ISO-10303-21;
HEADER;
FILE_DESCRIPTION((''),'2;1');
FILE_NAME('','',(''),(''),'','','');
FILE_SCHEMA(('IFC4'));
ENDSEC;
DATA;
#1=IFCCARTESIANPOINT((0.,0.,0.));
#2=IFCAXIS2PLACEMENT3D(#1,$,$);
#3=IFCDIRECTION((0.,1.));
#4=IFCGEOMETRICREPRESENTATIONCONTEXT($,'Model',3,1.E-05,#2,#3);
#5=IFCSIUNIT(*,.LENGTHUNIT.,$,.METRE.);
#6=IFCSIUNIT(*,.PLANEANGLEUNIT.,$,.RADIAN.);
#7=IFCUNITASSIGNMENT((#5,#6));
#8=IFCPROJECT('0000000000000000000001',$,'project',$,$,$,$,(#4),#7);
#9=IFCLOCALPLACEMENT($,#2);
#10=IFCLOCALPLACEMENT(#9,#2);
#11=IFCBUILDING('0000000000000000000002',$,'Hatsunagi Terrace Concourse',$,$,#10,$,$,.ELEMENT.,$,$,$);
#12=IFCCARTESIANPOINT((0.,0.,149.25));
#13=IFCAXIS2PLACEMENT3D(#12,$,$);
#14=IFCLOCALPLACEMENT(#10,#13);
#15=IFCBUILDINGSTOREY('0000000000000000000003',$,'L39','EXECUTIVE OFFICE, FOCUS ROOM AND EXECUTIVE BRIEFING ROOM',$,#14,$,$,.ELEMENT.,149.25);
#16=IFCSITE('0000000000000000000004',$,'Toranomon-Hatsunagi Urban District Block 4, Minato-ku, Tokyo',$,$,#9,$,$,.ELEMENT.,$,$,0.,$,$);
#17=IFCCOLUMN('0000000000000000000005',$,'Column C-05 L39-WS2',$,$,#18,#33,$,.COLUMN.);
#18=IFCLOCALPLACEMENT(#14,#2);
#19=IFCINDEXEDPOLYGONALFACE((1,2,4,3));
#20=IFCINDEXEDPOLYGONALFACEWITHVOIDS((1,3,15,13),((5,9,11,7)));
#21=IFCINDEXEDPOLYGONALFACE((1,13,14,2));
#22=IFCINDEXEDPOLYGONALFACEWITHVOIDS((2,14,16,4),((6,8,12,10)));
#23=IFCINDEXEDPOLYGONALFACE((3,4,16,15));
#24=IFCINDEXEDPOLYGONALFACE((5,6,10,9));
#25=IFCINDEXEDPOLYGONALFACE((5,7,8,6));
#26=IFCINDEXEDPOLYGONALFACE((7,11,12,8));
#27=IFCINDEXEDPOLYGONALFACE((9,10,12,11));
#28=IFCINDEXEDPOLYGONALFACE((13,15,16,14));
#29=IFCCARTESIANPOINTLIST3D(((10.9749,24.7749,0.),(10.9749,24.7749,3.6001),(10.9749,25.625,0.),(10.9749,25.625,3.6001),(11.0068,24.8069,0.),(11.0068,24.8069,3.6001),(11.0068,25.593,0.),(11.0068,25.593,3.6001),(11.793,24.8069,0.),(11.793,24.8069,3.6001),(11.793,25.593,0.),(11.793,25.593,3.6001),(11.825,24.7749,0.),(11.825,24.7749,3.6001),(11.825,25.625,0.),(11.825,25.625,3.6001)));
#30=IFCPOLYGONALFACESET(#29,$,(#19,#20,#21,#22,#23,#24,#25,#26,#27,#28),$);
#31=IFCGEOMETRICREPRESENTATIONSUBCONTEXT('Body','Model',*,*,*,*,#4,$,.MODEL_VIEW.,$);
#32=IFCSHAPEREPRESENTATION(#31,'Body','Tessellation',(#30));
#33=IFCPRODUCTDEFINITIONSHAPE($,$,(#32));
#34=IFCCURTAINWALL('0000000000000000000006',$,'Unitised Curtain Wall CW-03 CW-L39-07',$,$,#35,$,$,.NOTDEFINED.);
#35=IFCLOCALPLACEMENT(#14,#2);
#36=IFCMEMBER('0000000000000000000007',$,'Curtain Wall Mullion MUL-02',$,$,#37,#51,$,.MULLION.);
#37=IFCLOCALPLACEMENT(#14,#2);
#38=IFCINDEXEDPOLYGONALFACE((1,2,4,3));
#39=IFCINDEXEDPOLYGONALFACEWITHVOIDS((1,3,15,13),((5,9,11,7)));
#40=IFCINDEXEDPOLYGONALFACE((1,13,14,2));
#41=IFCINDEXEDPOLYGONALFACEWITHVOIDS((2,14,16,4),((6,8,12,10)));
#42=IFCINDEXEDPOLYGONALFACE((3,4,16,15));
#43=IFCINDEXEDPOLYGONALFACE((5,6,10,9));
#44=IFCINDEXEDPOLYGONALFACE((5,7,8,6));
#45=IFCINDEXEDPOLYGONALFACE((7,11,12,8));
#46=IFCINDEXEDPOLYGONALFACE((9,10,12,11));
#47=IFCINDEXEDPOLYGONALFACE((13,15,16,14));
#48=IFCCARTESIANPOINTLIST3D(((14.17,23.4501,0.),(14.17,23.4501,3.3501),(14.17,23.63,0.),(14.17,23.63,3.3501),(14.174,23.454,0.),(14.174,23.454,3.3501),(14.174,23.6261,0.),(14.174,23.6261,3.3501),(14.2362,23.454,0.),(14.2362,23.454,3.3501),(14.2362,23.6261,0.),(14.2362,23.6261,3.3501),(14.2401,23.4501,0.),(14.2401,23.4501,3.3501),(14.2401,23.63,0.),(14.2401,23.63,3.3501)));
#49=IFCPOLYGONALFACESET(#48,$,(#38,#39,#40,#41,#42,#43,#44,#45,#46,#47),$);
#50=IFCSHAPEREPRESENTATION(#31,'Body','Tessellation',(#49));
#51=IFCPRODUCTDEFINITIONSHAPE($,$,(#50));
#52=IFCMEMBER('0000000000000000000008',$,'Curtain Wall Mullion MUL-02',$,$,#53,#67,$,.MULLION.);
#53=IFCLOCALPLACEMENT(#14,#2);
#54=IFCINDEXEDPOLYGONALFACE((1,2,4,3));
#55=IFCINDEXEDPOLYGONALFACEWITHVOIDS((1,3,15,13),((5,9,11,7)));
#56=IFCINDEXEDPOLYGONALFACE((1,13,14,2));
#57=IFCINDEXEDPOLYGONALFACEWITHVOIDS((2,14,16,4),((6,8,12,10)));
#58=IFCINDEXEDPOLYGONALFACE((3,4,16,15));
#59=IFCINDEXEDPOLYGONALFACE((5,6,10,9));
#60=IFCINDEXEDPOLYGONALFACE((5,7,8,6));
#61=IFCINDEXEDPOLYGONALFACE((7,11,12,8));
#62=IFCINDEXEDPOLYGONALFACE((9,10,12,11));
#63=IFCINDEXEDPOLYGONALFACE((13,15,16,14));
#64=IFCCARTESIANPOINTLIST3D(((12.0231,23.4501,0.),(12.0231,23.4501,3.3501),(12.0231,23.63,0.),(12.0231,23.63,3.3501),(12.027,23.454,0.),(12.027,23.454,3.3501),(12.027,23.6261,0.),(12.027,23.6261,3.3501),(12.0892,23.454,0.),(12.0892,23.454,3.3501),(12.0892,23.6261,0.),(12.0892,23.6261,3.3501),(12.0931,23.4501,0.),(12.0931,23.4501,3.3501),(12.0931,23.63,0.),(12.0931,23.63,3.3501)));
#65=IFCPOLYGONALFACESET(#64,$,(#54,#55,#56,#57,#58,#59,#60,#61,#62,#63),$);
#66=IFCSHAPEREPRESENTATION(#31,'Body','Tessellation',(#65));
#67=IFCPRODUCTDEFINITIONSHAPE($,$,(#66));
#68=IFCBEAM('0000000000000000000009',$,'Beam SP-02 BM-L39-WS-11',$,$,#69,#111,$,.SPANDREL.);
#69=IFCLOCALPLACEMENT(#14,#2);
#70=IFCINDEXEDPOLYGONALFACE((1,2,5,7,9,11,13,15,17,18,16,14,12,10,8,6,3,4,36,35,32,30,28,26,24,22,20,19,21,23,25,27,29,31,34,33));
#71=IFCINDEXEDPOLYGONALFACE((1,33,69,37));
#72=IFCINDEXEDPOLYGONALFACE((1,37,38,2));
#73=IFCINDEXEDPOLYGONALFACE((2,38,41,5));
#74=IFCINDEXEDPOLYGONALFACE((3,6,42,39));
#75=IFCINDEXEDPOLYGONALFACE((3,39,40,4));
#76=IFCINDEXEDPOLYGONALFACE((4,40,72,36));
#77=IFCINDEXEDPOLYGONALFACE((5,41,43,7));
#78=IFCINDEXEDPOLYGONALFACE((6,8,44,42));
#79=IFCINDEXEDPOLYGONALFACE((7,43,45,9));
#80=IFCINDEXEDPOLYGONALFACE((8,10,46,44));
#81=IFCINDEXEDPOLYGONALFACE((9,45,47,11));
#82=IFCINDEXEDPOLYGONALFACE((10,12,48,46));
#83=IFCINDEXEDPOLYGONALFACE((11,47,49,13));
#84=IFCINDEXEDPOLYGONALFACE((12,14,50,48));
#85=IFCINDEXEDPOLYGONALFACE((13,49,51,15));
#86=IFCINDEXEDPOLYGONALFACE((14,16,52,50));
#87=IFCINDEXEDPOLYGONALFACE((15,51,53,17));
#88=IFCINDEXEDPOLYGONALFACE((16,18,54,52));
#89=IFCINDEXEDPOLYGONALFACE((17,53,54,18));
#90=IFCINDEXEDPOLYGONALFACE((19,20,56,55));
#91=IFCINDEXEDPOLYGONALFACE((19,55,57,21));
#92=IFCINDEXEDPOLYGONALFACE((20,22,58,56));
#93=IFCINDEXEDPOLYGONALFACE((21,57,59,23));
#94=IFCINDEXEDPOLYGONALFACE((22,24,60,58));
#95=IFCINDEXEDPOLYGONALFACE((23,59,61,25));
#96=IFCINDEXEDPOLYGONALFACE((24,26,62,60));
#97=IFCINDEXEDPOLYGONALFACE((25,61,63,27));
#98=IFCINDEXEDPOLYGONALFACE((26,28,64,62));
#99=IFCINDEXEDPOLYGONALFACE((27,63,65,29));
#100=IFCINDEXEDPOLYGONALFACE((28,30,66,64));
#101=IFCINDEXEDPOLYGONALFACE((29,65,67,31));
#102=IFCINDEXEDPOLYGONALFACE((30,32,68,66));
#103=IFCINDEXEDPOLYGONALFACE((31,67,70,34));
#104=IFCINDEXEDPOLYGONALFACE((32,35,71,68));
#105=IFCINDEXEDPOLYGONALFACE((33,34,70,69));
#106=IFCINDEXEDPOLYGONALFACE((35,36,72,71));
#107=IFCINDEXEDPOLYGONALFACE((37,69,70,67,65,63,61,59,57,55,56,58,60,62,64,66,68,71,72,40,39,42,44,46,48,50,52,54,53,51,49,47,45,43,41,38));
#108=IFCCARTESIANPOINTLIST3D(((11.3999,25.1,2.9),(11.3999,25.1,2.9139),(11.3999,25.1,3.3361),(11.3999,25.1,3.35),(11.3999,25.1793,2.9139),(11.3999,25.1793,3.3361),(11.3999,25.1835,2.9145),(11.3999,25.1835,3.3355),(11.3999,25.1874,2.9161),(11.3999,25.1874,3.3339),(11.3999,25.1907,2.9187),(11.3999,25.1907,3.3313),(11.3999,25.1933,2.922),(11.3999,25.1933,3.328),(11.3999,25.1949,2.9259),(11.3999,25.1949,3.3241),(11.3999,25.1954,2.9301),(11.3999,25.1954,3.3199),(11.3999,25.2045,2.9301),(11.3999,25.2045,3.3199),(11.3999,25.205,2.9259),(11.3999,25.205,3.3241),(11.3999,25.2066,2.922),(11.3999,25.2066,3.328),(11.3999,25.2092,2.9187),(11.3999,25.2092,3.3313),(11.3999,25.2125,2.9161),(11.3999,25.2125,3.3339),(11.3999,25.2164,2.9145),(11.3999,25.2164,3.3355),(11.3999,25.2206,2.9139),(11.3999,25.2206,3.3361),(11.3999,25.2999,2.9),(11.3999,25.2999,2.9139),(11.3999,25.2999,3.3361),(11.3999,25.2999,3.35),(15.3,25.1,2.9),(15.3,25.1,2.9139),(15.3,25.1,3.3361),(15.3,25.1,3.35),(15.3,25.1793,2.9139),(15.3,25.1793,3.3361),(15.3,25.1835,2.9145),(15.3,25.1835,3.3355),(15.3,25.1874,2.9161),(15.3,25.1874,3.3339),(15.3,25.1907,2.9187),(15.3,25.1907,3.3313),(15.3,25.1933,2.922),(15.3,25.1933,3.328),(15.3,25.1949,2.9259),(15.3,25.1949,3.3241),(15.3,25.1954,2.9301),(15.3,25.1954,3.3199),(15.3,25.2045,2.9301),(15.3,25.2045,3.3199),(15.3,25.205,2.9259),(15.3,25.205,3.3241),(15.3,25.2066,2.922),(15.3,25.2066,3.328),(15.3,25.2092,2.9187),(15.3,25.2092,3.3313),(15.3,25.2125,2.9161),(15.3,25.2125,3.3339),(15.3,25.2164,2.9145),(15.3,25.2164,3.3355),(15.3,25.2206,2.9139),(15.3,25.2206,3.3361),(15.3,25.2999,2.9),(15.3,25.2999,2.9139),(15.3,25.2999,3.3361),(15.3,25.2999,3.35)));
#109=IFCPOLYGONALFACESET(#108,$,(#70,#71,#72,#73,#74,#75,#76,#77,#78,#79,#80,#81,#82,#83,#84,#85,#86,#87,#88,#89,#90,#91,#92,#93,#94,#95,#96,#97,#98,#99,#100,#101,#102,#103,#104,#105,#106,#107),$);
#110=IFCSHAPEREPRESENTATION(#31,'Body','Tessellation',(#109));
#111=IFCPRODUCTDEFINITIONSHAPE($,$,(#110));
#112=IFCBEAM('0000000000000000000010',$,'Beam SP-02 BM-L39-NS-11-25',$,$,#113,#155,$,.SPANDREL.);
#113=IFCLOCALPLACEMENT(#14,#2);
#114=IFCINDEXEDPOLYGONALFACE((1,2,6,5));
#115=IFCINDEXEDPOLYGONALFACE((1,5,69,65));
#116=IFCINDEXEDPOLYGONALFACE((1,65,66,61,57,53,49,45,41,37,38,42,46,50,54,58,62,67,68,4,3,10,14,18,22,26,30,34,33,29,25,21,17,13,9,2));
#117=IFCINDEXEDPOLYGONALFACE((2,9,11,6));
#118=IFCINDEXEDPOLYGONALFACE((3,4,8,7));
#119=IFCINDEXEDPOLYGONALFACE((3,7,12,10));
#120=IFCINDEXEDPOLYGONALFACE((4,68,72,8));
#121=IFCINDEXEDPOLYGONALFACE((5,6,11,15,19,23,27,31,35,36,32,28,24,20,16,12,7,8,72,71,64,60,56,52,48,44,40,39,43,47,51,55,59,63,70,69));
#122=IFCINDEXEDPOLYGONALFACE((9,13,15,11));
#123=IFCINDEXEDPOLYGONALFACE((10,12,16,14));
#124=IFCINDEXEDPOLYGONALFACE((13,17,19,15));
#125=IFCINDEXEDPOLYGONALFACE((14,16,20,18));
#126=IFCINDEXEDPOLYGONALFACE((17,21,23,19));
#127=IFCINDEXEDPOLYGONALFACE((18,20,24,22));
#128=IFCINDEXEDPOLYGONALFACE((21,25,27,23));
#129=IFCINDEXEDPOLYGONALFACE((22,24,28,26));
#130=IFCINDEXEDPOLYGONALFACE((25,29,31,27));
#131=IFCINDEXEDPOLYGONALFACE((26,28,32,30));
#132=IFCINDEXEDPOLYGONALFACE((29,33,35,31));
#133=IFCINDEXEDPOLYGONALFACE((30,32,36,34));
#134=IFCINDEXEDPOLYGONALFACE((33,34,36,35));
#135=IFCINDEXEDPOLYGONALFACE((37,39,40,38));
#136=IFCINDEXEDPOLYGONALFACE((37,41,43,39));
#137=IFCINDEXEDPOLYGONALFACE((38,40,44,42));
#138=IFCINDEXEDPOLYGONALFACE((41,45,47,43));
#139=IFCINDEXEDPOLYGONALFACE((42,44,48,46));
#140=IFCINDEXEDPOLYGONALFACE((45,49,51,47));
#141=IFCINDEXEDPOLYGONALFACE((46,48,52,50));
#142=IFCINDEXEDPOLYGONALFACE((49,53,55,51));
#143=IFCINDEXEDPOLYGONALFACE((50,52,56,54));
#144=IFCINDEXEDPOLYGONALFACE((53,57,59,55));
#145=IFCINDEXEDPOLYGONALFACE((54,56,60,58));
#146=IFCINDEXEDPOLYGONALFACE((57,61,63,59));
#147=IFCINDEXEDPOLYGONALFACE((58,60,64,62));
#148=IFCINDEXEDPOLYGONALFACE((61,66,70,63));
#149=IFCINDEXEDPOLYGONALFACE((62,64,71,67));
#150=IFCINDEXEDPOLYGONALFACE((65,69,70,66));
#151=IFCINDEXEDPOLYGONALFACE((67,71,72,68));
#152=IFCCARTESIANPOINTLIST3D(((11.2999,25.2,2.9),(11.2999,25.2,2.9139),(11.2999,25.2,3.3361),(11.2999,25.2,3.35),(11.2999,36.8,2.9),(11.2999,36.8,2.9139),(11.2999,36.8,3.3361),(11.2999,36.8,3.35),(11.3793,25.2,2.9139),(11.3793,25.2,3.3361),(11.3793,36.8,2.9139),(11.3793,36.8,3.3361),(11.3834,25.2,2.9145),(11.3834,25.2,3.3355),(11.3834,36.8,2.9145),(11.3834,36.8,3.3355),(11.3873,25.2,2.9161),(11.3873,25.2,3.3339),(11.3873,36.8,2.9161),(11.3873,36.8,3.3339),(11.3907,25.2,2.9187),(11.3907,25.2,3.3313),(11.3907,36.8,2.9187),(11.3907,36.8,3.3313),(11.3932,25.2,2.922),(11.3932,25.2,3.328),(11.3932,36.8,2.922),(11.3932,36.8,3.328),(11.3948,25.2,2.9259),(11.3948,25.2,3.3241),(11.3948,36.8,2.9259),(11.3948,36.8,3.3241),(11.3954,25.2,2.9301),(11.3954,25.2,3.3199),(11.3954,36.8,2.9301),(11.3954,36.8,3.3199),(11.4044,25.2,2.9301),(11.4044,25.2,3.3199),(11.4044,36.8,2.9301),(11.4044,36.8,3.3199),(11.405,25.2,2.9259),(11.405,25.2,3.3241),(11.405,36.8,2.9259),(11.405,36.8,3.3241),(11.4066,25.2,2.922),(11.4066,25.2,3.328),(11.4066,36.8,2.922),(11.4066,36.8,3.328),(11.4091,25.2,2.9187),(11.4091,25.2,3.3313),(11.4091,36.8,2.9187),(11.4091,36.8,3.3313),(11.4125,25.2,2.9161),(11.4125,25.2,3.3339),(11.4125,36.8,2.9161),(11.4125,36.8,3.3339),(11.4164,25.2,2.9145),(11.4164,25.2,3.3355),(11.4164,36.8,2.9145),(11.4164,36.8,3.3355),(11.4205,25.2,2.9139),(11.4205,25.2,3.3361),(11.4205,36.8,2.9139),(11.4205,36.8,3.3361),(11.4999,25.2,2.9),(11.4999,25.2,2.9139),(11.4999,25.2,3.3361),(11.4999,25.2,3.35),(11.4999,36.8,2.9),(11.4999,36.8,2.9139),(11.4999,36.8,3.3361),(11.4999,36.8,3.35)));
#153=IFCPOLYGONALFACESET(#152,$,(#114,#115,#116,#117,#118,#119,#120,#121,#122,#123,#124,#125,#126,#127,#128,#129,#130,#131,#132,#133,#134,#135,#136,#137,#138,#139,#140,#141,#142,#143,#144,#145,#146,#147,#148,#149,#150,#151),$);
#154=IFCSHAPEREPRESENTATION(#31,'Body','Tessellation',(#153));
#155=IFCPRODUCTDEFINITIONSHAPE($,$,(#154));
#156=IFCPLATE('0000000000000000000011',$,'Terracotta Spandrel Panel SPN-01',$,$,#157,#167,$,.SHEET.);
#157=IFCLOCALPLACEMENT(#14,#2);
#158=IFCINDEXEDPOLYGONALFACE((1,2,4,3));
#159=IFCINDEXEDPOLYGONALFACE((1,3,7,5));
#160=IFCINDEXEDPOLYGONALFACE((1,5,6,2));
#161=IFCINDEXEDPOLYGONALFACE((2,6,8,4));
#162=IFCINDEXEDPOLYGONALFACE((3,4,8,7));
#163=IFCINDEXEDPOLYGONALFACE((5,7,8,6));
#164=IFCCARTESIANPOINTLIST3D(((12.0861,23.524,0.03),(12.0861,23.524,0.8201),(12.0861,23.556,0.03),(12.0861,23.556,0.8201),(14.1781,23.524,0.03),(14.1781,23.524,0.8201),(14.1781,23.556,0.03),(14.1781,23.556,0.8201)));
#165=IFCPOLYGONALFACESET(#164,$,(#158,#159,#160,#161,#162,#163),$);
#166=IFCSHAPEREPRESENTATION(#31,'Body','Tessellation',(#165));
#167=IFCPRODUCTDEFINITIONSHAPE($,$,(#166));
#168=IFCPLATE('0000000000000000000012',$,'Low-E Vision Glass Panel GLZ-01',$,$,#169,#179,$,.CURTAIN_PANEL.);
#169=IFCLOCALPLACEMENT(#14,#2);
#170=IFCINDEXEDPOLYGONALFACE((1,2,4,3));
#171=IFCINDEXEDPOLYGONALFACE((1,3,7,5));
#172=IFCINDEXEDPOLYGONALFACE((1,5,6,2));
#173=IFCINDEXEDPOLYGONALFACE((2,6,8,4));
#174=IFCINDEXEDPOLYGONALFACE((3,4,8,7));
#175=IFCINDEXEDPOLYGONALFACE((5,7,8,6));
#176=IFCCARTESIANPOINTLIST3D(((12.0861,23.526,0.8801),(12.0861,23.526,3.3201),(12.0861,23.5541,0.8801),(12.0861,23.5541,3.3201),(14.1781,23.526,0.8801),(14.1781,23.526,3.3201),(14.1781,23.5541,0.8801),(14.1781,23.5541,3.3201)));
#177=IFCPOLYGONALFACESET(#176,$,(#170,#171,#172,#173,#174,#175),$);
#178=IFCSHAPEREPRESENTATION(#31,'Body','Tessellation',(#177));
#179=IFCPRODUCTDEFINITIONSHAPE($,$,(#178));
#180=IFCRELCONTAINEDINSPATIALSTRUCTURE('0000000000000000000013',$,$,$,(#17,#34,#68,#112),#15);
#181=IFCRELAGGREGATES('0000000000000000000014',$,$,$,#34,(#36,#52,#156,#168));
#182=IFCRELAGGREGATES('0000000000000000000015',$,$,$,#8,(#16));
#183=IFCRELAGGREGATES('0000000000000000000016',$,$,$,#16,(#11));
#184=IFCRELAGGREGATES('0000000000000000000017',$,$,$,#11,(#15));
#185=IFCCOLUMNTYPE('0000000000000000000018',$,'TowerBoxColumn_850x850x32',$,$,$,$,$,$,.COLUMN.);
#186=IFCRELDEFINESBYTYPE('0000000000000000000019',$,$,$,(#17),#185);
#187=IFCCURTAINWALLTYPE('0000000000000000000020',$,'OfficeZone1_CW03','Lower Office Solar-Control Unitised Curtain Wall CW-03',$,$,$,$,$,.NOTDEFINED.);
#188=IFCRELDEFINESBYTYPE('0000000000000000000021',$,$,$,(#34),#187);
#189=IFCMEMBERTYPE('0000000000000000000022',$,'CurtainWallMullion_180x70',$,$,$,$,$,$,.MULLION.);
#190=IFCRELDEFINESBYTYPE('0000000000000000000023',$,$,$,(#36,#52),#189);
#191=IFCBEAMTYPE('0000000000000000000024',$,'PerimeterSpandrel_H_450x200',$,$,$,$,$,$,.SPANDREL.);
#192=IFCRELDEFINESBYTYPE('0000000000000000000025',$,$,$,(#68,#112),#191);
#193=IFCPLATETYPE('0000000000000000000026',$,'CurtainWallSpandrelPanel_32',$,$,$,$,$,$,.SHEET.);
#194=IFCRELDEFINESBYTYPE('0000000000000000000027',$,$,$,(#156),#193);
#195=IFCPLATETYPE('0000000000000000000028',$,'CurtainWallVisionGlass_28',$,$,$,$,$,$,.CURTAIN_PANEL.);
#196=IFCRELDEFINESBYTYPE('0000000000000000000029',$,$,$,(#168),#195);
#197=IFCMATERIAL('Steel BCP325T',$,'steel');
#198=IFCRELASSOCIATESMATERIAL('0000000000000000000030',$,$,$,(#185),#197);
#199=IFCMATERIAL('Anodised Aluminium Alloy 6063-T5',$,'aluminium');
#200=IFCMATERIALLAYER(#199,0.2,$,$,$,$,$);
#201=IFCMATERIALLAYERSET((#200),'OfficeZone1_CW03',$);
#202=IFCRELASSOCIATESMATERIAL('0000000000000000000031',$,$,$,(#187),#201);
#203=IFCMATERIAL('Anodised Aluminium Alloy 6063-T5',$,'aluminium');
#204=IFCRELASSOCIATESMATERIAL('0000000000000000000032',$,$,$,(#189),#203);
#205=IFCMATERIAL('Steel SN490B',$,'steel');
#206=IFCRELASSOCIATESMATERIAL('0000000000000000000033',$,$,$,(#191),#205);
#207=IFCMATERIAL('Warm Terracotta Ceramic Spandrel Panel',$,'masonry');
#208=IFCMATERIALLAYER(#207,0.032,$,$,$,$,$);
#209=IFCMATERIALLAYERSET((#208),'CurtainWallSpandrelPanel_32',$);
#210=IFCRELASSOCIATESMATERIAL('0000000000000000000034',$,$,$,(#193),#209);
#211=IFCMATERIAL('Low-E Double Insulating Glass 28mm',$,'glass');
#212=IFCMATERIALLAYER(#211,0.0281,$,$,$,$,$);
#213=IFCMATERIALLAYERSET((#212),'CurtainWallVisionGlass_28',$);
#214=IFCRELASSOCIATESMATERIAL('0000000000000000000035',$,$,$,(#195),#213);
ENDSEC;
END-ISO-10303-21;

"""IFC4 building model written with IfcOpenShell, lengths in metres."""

from ifc_helpers import new_model, si_unit, direction, frame, origin, origin_2d, place, context, subcontext, project, spatial, rectangle, hollow_rectangle, i_section, extrude, material, layer, layer_set, material_profile, profile_set, type_object, element, aggregate, save


model = new_model("IFC4")

# Units and contexts
model_context = context("Model", 3, precision=1e-05, world=origin(), true_north=direction((0.0, 1.0)))
body_context = subcontext(model_context, "Body", "Model", "MODEL_VIEW")
ifc_project = project(units=[si_unit("LENGTHUNIT", "METRE"), si_unit("PLANEANGLEUNIT", "RADIAN")], contexts=[model_context])

# Site, building, storey
site_placement = place(None, origin())
site = spatial("IfcSite", under=ifc_project, at=site_placement, Name="Toranomon-Hatsunagi Urban District Block 4, Minato-ku, Tokyo", CompositionType="ELEMENT", RefElevation=0.0)
building_placement = place(site_placement, origin())
building = spatial("IfcBuilding", under=site, at=building_placement, Name="Hatsunagi Terrace Concourse", CompositionType="ELEMENT")
storey_placement = place(building_placement, frame((0.0, 0.0, 149.25)))
storey = spatial("IfcBuildingStorey", under=building, at=storey_placement, Name="L39", Description="EXECUTIVE OFFICE, FOCUS ROOM AND EXECUTIVE BRIEFING ROOM", CompositionType="ELEMENT", Elevation=149.25)

# Column
ifc_material_1 = material(Name="Steel BCP325T", Category="steel")
ifc_material_profile_1 = material_profile(ifc_material_1, hollow_rectangle(XDim=0.8501, YDim=0.8501, WallThickness=0.032, at=origin_2d()), Name="BCP-850x850x32")
ifc_profile_set_1 = profile_set([ifc_material_profile_1], Name="Steel BCP325T")
column_type = type_object("IfcColumnType", Name="TowerBoxColumn_850x850x32", PredefinedType="COLUMN", material=ifc_profile_set_1)
column_placement = place(storey_placement, frame((11.3999, 25.2, 0.0), z_axis=(0.0, 0.0, 1.0), x_axis=(1.0, 0.0, 0.0)))
element("IfcColumn", 1, at=column_placement, inside=storey, type_object=column_type, Name="Column C-05 L39-WS2", PredefinedType="COLUMN", context=body_context, shape_type="SweptSolid", body=[
    extrude(hollow_rectangle(XDim=0.8501, YDim=0.8501, WallThickness=0.032, at=origin_2d()), origin(), (0.0, 0.0, 1.0), 3.6001),
])

# Curtain wall, members
ifc_material_2 = material(Name="Anodised Aluminium Alloy 6063-T5", Category="aluminium")
ifc_layer_1 = layer(ifc_material_2, 0.2)
ifc_layer_set_1 = layer_set([ifc_layer_1], Name="OfficeZone1_CW03")
curtain_wall_type = type_object("IfcCurtainWallType", Name="OfficeZone1_CW03", Description="Lower Office Solar-Control Unitised Curtain Wall CW-03", PredefinedType="NOTDEFINED", material=ifc_layer_set_1)
curtain_wall_placement = place(storey_placement, origin())
curtain_wall = element("IfcCurtainWall", 2, at=curtain_wall_placement, inside=storey, type_object=curtain_wall_type, Name="Unitised Curtain Wall CW-03 CW-L39-07", PredefinedType="NOTDEFINED")
ifc_material_3 = material(Name="Anodised Aluminium Alloy 6063-T5", Category="aluminium")
ifc_material_profile_2 = material_profile(ifc_material_3, hollow_rectangle(XDim=0.0701, YDim=0.1799, WallThickness=0.0039, at=origin_2d()), Name="ALU-MUL-180x70x4")
ifc_profile_set_2 = profile_set([ifc_material_profile_2], Name="Anodised Aluminium Alloy 6063-T5")
member_type = type_object("IfcMemberType", Name="CurtainWallMullion_180x70", PredefinedType="MULLION", material=ifc_profile_set_2)
member_1_placement = place(storey_placement, frame((14.2051, 23.54, 0.0), z_axis=(0.0, 0.0, 1.0), x_axis=(-1.0, 0.0, 0.0)))
member_1 = element("IfcMember", 3, at=member_1_placement, type_object=member_type, Name="Curtain Wall Mullion MUL-02", PredefinedType="MULLION", context=body_context, shape_type="SweptSolid", body=[
    extrude(hollow_rectangle(XDim=0.0701, YDim=0.1799, WallThickness=0.0039, at=origin_2d()), origin(), (0.0, 0.0, 1.0), 3.3501),
])
member_2_placement = place(storey_placement, frame((12.0581, 23.54, 0.0), z_axis=(0.0, 0.0, 1.0), x_axis=(-1.0, 0.0, 0.0)))
member_2 = element("IfcMember", 4, at=member_2_placement, type_object=member_type, Name="Curtain Wall Mullion MUL-02", PredefinedType="MULLION", context=body_context, shape_type="SweptSolid", body=[
    extrude(hollow_rectangle(XDim=0.0701, YDim=0.1799, WallThickness=0.0039, at=origin_2d()), origin(), (0.0, 0.0, 1.0), 3.3501),
])

# Beams
ifc_material_4 = material(Name="Steel SN490B", Category="steel")
ifc_material_profile_3 = material_profile(ifc_material_4, i_section(OverallWidth=0.2, OverallDepth=0.45, WebThickness=0.009, FlangeThickness=0.0139, FilletRadius=0.0161, at=origin_2d()), Name="H-450x200x9x14")
ifc_profile_set_3 = profile_set([ifc_material_profile_3], Name="Steel SN490B")
beam_type = type_object("IfcBeamType", Name="PerimeterSpandrel_H_450x200", PredefinedType="SPANDREL", material=ifc_profile_set_3)
beam_1_placement = place(storey_placement, frame((11.3999, 25.2, 3.125), z_axis=(1.0, 0.0, 0.0), x_axis=(0.0, 1.0, 0.0)))
element("IfcBeam", 5, at=beam_1_placement, inside=storey, type_object=beam_type, Name="Beam SP-02 BM-L39-WS-11", PredefinedType="SPANDREL", context=body_context, shape_type="SweptSolid", body=[
    extrude(i_section(OverallWidth=0.2, OverallDepth=0.45, WebThickness=0.009, FlangeThickness=0.0139, FilletRadius=0.0161, at=origin_2d()), origin(), (0.0, 0.0, 1.0), 3.9001),
])
beam_2_placement = place(storey_placement, frame((11.3999, 25.2, 3.125), z_axis=(0.0, 1.0, 0.0), x_axis=(-1.0, 0.0, 0.0)))
element("IfcBeam", 6, at=beam_2_placement, inside=storey, type_object=beam_type, Name="Beam SP-02 BM-L39-NS-11-25", PredefinedType="SPANDREL", context=body_context, shape_type="SweptSolid", body=[
    extrude(i_section(OverallWidth=0.2, OverallDepth=0.45, WebThickness=0.009, FlangeThickness=0.0139, FilletRadius=0.0161, at=origin_2d()), origin(), (0.0, 0.0, 1.0), 11.6001),
])

# Plates
ifc_material_5 = material(Name="Warm Terracotta Ceramic Spandrel Panel", Category="masonry")
ifc_layer_2 = layer(ifc_material_5, 0.032)
ifc_layer_set_2 = layer_set([ifc_layer_2], Name="CurtainWallSpandrelPanel_32")
plate_type_1 = type_object("IfcPlateType", Name="CurtainWallSpandrelPanel_32", PredefinedType="SHEET", material=ifc_layer_set_2)
plate_1_placement = place(storey_placement, frame((13.1321, 23.54, 0.03), z_axis=(0.0, 0.0, 1.0), x_axis=(-1.0, 0.0, 0.0)))
plate_1 = element("IfcPlate", 7, at=plate_1_placement, type_object=plate_type_1, Name="Terracotta Spandrel Panel SPN-01", PredefinedType="SHEET", context=body_context, shape_type="SweptSolid", body=[
    extrude(rectangle(XDim=2.092, YDim=0.032, at=origin_2d()), origin(), (0.0, 0.0, 1.0), 0.79),
])
ifc_material_6 = material(Name="Low-E Double Insulating Glass 28mm", Category="glass")
ifc_layer_3 = layer(ifc_material_6, 0.0281)
ifc_layer_set_3 = layer_set([ifc_layer_3], Name="CurtainWallVisionGlass_28")
plate_type_2 = type_object("IfcPlateType", Name="CurtainWallVisionGlass_28", PredefinedType="CURTAIN_PANEL", material=ifc_layer_set_3)
plate_2_placement = place(storey_placement, frame((13.1321, 23.54, 0.8801), z_axis=(0.0, 0.0, 1.0), x_axis=(-1.0, 0.0, 0.0)))
plate_2 = element("IfcPlate", 8, at=plate_2_placement, type_object=plate_type_2, Name="Low-E Vision Glass Panel GLZ-01", PredefinedType="CURTAIN_PANEL", context=body_context, shape_type="SweptSolid", body=[
    extrude(rectangle(XDim=2.092, YDim=0.0281, at=origin_2d()), origin(), (0.0, 0.0, 1.0), 2.4399),
])
aggregate(curtain_wall, [member_1, member_2, plate_1, plate_2])

save(model, "model.ifc")
